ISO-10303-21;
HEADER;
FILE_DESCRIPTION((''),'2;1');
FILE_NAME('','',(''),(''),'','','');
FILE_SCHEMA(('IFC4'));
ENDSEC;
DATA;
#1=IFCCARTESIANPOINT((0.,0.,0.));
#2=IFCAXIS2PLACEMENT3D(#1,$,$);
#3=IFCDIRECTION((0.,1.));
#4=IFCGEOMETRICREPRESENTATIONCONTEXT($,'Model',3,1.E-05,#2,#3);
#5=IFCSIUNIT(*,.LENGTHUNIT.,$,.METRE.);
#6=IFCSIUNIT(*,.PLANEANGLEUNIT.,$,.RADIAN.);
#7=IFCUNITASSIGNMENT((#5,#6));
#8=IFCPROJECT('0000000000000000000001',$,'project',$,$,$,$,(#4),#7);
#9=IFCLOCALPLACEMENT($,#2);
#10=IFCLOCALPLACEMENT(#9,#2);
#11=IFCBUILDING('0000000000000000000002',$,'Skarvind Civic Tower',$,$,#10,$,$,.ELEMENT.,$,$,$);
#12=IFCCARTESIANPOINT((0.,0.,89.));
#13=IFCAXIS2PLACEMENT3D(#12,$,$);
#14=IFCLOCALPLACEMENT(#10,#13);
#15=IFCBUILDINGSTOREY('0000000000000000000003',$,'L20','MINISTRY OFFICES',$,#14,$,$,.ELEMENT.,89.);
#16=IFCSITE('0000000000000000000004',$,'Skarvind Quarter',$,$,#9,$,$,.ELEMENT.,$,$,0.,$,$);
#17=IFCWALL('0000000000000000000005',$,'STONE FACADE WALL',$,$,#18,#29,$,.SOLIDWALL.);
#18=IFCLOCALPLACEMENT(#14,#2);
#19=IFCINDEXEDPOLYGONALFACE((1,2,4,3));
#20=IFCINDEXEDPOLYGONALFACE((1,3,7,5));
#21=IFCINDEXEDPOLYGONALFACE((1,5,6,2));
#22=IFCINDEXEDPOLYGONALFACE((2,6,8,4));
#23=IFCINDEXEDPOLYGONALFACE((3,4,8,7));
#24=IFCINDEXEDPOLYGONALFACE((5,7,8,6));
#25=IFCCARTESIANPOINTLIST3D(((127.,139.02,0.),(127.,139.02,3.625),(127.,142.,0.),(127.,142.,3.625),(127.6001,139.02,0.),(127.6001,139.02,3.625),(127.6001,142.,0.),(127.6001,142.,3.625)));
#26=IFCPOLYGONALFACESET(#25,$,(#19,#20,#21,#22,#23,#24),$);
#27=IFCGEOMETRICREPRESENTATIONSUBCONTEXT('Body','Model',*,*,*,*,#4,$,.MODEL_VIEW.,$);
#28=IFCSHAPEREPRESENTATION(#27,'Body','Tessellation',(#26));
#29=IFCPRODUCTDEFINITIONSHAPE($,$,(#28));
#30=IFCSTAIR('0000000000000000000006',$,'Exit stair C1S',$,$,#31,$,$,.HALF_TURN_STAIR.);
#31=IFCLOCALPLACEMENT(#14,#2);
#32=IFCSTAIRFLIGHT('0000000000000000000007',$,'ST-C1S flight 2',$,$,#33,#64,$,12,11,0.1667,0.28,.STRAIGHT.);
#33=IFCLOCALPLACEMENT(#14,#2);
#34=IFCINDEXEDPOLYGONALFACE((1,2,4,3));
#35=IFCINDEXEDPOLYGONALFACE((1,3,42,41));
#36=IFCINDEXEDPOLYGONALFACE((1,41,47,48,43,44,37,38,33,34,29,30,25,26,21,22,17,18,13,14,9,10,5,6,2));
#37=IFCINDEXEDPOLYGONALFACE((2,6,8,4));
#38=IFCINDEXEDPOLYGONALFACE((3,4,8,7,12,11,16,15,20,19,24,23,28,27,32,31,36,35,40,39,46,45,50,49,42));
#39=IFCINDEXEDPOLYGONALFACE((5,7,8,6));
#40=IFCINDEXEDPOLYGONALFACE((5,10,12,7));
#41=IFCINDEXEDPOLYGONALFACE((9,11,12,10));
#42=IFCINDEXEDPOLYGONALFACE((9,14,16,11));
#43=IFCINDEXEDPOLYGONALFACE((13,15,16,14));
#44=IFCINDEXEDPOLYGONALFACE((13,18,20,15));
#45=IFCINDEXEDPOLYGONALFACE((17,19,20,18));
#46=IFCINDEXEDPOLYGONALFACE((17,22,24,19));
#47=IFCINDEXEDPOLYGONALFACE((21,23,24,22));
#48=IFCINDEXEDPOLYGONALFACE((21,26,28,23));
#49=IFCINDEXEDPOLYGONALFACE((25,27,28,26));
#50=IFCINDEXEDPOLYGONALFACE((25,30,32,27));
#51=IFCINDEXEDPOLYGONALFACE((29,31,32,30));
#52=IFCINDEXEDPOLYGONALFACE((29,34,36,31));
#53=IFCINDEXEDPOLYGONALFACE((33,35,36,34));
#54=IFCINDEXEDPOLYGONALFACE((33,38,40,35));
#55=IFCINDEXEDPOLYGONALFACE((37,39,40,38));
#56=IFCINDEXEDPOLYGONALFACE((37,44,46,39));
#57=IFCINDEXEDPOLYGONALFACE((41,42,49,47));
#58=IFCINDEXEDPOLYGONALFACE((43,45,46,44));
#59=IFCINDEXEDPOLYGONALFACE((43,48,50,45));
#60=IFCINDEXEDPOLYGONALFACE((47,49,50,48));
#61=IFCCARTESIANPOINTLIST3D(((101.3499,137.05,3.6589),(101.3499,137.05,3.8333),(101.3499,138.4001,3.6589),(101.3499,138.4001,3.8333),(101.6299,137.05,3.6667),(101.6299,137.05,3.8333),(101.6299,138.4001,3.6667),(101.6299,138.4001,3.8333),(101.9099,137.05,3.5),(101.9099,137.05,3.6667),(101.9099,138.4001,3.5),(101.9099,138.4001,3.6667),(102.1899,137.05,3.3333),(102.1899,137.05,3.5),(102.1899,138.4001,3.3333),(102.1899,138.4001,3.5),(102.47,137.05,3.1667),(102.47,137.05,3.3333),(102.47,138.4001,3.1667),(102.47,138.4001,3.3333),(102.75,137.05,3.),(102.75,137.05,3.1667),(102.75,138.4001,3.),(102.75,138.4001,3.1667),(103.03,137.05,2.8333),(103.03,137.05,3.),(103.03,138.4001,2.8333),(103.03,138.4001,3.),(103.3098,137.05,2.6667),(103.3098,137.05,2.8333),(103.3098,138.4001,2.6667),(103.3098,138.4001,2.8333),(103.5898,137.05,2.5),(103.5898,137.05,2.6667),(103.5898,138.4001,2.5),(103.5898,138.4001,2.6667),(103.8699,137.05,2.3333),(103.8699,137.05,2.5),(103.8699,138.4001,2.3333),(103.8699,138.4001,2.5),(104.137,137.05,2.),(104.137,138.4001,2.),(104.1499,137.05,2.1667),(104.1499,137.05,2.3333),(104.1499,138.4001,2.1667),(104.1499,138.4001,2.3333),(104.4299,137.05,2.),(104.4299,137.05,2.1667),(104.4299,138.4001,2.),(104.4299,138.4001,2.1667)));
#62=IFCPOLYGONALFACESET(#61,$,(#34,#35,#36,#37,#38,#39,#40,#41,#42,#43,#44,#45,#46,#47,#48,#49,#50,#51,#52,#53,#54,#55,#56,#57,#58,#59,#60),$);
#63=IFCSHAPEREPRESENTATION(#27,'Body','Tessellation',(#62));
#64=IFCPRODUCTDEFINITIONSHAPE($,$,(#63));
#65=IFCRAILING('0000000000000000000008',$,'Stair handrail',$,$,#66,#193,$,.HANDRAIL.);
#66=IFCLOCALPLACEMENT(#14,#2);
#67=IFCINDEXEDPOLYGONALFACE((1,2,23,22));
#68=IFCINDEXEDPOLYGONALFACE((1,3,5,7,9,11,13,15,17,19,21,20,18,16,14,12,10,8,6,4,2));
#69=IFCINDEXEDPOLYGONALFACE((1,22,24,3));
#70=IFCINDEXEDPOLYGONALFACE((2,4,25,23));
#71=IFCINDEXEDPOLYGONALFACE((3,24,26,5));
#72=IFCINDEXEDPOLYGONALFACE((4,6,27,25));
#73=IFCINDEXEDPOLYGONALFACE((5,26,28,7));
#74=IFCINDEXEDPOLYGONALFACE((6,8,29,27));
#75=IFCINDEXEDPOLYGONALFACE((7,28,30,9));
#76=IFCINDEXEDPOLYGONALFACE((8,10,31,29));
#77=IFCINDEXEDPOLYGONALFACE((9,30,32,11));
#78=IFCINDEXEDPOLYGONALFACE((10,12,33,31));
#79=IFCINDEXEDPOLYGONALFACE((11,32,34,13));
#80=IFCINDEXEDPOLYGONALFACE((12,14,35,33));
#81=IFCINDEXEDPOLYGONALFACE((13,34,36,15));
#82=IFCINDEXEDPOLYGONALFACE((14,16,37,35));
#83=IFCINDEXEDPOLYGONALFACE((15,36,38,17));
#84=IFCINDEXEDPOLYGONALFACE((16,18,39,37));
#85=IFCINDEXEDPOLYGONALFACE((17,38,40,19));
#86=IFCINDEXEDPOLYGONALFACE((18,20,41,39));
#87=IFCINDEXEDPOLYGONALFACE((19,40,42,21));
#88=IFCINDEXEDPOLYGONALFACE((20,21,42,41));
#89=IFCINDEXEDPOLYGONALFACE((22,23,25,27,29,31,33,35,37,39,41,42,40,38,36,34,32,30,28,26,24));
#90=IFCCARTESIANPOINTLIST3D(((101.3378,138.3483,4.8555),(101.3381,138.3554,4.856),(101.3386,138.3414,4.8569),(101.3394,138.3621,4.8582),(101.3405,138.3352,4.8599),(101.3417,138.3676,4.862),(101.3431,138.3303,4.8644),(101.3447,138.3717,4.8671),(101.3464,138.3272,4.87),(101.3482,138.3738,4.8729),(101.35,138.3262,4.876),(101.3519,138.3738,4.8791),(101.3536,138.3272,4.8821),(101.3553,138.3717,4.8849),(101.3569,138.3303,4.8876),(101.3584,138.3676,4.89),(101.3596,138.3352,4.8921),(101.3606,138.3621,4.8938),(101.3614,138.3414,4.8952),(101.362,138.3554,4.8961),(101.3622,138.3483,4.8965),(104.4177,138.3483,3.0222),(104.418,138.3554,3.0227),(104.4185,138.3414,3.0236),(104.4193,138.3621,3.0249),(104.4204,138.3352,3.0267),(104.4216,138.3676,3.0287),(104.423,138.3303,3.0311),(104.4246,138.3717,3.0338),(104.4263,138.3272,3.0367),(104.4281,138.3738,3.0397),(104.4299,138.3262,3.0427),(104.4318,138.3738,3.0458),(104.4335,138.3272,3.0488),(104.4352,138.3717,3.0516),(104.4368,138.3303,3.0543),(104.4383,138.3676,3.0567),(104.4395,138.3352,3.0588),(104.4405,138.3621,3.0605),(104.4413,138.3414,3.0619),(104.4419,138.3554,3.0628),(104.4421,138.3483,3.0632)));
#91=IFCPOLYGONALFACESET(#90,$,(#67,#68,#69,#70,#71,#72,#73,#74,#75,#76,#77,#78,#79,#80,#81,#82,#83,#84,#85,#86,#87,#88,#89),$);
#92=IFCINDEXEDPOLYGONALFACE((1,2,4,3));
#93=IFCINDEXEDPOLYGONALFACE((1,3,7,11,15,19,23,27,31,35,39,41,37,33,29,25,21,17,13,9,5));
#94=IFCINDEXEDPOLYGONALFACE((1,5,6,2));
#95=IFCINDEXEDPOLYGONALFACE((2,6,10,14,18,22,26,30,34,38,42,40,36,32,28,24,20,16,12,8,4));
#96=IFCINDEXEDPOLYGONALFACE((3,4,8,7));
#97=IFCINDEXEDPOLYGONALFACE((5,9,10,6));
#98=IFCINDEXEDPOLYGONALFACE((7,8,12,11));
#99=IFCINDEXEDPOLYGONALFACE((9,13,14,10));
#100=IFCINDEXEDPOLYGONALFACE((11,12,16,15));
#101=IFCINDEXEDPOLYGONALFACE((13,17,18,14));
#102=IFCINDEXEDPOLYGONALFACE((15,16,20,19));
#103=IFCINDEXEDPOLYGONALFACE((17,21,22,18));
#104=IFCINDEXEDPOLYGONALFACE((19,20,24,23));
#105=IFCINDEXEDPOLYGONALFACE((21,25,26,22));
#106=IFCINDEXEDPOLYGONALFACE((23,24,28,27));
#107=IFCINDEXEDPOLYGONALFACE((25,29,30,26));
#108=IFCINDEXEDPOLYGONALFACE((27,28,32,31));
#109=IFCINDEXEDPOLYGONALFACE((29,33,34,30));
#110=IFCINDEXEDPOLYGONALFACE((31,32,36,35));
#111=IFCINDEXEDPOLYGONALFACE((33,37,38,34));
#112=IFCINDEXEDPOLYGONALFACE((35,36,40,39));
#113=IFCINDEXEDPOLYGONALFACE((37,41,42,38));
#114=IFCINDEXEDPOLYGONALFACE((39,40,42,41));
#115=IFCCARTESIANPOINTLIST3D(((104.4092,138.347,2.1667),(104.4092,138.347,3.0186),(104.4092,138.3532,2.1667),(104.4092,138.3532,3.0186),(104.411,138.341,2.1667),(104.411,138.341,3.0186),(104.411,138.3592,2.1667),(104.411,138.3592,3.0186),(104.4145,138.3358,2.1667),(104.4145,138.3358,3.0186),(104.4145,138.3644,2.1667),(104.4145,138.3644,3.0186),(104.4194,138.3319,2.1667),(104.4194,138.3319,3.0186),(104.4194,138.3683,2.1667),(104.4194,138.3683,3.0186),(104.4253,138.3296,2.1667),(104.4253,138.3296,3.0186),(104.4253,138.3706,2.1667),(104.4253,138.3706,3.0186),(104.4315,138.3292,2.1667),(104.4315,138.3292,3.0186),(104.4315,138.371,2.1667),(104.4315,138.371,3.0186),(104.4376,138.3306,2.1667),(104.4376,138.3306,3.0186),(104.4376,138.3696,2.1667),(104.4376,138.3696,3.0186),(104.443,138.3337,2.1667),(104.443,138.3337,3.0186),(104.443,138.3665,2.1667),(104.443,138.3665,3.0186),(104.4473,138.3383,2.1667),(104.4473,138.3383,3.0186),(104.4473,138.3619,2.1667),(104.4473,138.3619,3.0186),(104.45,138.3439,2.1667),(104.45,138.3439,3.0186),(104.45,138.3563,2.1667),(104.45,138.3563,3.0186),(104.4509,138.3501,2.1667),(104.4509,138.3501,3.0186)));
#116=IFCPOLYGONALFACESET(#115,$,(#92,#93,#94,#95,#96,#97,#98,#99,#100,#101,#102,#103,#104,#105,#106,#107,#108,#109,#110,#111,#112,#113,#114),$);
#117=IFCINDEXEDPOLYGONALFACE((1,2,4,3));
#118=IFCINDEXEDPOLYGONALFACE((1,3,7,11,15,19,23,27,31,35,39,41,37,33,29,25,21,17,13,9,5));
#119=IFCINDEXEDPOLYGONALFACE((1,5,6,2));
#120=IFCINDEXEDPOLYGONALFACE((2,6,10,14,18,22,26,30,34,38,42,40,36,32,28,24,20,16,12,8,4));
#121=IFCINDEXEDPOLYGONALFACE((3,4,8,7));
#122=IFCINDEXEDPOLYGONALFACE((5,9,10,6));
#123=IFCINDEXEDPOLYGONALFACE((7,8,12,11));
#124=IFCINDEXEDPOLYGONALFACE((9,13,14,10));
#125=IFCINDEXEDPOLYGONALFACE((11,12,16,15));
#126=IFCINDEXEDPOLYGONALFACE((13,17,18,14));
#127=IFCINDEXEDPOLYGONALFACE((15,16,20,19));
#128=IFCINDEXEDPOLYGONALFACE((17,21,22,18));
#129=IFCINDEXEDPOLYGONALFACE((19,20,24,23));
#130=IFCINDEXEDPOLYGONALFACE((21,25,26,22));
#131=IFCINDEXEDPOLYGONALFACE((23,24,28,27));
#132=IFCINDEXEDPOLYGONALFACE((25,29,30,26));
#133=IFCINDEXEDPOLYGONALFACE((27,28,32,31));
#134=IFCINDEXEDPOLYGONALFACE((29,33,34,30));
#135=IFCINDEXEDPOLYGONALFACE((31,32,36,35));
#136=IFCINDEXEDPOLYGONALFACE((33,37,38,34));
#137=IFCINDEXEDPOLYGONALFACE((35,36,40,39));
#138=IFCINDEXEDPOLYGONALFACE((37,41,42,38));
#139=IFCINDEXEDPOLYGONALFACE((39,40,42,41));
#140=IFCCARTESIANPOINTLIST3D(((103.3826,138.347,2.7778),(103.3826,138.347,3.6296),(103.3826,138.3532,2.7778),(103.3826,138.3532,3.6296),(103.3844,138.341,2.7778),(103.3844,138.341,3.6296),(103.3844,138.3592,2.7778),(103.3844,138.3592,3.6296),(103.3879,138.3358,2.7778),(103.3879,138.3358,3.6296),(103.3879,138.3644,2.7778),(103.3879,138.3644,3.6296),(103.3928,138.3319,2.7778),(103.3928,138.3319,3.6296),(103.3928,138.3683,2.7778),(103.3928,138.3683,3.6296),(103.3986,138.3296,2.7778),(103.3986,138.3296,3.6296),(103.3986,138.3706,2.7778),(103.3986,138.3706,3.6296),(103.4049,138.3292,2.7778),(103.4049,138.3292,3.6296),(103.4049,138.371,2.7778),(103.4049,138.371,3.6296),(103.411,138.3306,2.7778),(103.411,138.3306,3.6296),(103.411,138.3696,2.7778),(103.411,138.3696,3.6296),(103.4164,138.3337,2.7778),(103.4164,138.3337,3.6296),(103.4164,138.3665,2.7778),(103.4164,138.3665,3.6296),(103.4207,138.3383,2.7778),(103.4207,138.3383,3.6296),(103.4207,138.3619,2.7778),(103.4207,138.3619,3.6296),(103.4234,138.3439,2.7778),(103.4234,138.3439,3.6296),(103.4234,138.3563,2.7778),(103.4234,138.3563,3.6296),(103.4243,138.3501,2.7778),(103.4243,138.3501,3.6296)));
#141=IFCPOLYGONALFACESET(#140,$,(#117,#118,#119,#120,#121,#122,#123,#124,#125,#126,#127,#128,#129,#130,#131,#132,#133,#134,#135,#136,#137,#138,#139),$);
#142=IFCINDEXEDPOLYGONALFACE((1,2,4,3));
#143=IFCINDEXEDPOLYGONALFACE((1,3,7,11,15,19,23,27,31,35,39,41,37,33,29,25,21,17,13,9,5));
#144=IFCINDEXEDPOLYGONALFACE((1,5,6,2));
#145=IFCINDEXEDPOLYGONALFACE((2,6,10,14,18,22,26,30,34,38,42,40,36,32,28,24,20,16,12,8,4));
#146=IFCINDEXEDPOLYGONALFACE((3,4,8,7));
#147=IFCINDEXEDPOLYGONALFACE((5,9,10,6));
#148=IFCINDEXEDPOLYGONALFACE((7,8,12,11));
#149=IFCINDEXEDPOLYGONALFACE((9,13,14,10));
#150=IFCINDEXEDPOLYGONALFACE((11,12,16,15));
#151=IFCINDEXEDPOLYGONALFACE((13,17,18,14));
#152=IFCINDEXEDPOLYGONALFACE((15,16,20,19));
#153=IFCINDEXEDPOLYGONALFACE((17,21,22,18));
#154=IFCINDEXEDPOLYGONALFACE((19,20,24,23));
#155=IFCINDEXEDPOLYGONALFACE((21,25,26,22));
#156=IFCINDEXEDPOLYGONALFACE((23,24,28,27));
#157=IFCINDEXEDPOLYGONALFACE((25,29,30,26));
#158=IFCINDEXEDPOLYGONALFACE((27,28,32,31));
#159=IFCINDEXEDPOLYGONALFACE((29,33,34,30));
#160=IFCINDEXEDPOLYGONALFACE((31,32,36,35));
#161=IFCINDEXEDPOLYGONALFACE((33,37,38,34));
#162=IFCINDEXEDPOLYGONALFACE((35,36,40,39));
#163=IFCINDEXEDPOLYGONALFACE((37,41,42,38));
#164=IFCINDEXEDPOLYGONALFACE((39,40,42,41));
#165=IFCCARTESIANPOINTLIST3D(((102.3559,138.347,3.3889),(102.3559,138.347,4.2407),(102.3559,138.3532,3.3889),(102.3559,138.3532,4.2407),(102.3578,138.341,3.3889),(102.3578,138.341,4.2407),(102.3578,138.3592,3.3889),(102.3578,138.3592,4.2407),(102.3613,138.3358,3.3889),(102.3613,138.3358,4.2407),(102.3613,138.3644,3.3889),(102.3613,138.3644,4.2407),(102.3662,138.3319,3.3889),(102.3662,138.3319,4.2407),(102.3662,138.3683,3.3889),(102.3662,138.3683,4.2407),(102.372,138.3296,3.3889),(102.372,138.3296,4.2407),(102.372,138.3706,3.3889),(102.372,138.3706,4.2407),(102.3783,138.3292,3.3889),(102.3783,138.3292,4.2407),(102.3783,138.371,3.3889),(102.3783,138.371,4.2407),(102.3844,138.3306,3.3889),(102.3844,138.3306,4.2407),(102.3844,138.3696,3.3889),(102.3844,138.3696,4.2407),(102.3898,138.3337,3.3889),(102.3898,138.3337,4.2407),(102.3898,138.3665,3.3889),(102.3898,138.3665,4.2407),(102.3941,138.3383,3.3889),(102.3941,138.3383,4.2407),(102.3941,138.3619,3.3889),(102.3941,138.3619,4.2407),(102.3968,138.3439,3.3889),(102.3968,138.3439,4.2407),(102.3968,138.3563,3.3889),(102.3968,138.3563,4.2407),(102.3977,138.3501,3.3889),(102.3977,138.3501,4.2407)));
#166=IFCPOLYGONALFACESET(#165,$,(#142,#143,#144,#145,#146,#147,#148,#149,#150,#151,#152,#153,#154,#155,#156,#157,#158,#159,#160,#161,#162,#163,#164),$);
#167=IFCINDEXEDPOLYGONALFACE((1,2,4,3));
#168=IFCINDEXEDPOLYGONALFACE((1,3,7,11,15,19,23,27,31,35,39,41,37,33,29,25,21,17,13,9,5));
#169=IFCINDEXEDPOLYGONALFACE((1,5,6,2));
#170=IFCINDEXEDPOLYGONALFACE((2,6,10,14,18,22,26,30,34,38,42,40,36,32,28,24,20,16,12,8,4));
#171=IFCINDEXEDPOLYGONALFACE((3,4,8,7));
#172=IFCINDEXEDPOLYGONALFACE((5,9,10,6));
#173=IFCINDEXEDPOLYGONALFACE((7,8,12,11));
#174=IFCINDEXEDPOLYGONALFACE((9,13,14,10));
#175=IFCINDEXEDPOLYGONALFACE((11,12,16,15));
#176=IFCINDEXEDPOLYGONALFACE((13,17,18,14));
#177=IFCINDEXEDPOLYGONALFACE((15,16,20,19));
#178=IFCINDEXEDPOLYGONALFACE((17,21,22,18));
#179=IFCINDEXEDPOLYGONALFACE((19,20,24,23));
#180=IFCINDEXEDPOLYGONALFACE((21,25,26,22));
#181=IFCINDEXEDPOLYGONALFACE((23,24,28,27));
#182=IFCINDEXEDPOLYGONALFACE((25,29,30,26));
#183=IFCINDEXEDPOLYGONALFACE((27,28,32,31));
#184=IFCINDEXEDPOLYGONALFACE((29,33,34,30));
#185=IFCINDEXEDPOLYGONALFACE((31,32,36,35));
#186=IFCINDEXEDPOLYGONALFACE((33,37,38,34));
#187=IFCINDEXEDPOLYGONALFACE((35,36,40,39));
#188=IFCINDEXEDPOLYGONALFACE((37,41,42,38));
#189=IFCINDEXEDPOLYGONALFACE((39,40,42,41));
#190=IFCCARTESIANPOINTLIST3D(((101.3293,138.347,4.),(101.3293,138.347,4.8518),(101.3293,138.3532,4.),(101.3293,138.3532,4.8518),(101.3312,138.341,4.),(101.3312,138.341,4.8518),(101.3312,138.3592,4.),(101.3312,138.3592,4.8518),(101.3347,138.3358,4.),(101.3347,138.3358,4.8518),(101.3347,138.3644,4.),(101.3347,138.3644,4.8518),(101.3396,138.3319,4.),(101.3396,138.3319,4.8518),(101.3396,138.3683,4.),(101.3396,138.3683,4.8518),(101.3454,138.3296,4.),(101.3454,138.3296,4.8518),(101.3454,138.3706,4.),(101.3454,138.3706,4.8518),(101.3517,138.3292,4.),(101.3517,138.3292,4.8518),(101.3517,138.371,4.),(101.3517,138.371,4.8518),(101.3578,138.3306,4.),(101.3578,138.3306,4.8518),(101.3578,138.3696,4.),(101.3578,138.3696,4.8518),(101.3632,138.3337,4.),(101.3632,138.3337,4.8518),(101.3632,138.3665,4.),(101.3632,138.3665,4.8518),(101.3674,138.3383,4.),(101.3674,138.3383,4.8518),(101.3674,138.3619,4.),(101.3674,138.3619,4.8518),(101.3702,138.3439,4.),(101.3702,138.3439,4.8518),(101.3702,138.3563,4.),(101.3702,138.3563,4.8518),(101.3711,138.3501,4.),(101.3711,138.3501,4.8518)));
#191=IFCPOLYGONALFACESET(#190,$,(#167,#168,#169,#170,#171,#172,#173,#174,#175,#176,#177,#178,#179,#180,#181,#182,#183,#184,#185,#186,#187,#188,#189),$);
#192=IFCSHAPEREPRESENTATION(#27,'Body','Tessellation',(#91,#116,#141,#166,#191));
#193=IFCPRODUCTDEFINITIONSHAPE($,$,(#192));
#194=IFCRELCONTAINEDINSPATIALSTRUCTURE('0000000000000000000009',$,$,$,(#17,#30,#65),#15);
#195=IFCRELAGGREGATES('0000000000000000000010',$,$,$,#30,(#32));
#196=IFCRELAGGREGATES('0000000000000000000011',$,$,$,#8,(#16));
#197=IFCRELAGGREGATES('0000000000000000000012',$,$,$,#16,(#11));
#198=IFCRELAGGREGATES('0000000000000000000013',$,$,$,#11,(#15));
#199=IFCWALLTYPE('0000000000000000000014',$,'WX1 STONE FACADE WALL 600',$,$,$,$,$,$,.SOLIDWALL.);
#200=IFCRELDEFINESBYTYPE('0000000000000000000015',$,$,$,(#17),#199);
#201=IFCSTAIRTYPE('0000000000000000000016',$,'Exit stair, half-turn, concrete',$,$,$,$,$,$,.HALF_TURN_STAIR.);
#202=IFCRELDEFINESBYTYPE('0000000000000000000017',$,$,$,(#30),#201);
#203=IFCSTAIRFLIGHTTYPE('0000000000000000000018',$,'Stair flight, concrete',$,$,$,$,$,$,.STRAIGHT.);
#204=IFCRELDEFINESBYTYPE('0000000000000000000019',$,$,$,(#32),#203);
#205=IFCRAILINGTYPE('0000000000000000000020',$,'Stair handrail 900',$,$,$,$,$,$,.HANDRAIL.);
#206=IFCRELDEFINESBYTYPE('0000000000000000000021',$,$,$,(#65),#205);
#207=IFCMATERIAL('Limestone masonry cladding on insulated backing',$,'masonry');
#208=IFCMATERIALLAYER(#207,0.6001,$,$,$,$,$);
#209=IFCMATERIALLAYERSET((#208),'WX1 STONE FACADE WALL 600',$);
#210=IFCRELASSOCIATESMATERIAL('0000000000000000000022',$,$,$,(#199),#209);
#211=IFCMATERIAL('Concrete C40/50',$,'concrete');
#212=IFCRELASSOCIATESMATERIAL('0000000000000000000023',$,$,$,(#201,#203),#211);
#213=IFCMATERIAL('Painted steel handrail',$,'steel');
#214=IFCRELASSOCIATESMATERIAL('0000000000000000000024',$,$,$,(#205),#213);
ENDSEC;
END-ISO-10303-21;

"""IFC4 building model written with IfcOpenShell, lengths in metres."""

from ifc_helpers import new_model, si_unit, direction, frame, frame_2d, origin, origin_2d, place, context, subcontext, project, spatial, polyline, rectangle, circle, outline, extrude, material, layer, layer_set, type_object, element, aggregate, save


model = new_model("IFC4")

# Units and contexts
model_context = context("Model", 3, precision=1e-05, world=origin(), true_north=direction((0.0, 1.0)))
body_context = subcontext(model_context, "Body", "Model", "MODEL_VIEW")
ifc_project = project(units=[si_unit("LENGTHUNIT", "METRE"), si_unit("PLANEANGLEUNIT", "RADIAN")], contexts=[model_context])

# Site, building, storey
site_placement = place(None, origin())
site = spatial("IfcSite", under=ifc_project, at=site_placement, Name="Skarvind Quarter", CompositionType="ELEMENT", RefElevation=0.0)
building_placement = place(site_placement, origin())
building = spatial("IfcBuilding", under=site, at=building_placement, Name="Skarvind Civic Tower", CompositionType="ELEMENT")
storey_placement = place(building_placement, frame((0.0, 0.0, 89.0)))
storey = spatial("IfcBuildingStorey", under=building, at=storey_placement, Name="L20", Description="MINISTRY OFFICES", CompositionType="ELEMENT", Elevation=89.0)

# Wall
ifc_material_1 = material(Name="Limestone masonry cladding on insulated backing", Category="masonry")
ifc_layer_1 = layer(ifc_material_1, 0.6001)
ifc_layer_set_1 = layer_set([ifc_layer_1], Name="WX1 STONE FACADE WALL 600")
wall_type_1 = type_object("IfcWallType", Name="WX1 STONE FACADE WALL 600", PredefinedType="SOLIDWALL", material=ifc_layer_set_1)
wall_1_placement = place(storey_placement, frame((127.3, 139.02, 0.0), z_axis=(0.0, 0.0, 1.0), x_axis=(0.0, 1.0, 0.0)))
element("IfcWall", 1, at=wall_1_placement, inside=storey, type_object=wall_type_1, Name="STONE FACADE WALL", PredefinedType="SOLIDWALL", context=body_context, shape_type="SweptSolid", body=[
    extrude(rectangle(XDim=2.98, YDim=0.6001, at=frame_2d((1.49, 0.0))), origin(), (0.0, 0.0, 1.0), 3.625),
])

# Stair, stair flight
ifc_material_2 = material(Name="Concrete C40/50", Category="concrete")
stair_type = type_object("IfcStairType", Name="Exit stair, half-turn, concrete", PredefinedType="HALF_TURN_STAIR", material=ifc_material_2)
stair_placement = place(storey_placement, origin())
stair = element("IfcStair", 2, at=stair_placement, inside=storey, type_object=stair_type, Name="Exit stair C1S", PredefinedType="HALF_TURN_STAIR")
stair_flight_type = type_object("IfcStairFlightType", Name="Stair flight, concrete", PredefinedType="STRAIGHT", material=ifc_material_2)
stair_flight_placement = place(storey_placement, frame((104.4299, 137.7251, 2.0), z_axis=(0.0, 0.0, 1.0), x_axis=(-1.0, 0.0, 0.0)))
stair_flight = element("IfcStairFlight", 3, at=stair_flight_placement, type_object=stair_flight_type, Name="ST-C1S flight 2", NumberOfRisers=12, NumberOfTreads=11, PredefinedType="STRAIGHT", RiserHeight=0.1667, TreadLength=0.28, context=body_context, shape_type="SweptSolid", body=[
    extrude(outline(polyline([(0.0, 0.0), (0.0, 0.1667), (0.28, 0.1667), (0.28, 0.3333), (0.5601, 0.3333), (0.5601, 0.5), (0.8401, 0.5), (0.8401, 0.6667), (1.1201, 0.6667), (1.1201, 0.8333), (1.3999, 0.8333), (1.3999, 1.0), (1.6799, 1.0), (1.6799, 1.1667), (1.96, 1.1667), (1.96, 1.3333), (2.24, 1.3333), (2.24, 1.5), (2.52, 1.5), (2.52, 1.6667), (2.8, 1.6667), (2.8, 1.8333), (3.0801, 1.8333), (3.0801, 2.0), (3.0801, 1.6589), (0.293, 0.0), (0.0, 0.0)])), frame((0.0, 0.675, 0.0), z_axis=(0.0, -1.0, 0.0), x_axis=(1.0, 0.0, 0.0)), (0.0, 0.0, 1.0), 1.3501),
])
aggregate(stair, [stair_flight])

# Railing
ifc_material_3 = material(Name="Painted steel handrail", Category="steel")
railing_type = type_object("IfcRailingType", Name="Stair handrail 900", PredefinedType="HANDRAIL", material=ifc_material_3)
railing_placement = place(storey_placement, frame((104.4299, 138.3501, 2.1667)))
element("IfcRailing", 4, at=railing_placement, inside=storey, type_object=railing_type, Name="Stair handrail", PredefinedType="HANDRAIL", context=body_context, shape_type="SweptSolid", body=[
    extrude(circle(Radius=0.0239, at=origin_2d()), frame((0.0, 0.0, 0.876), z_axis=(-0.859291, 0.0, 0.511487), x_axis=(0.0, -1.0, 0.0)), (0.0, 0.0, 1.0), 3.5842),
    extrude(circle(Radius=0.021, at=origin_2d()), origin(), (0.0, 0.0, 1.0), 0.8518),
    extrude(circle(Radius=0.021, at=origin_2d()), frame((-1.0266, 0.0, 0.6111)), (0.0, 0.0, 1.0), 0.8518),
    extrude(circle(Radius=0.021, at=origin_2d()), frame((-2.0532, 0.0, 1.2222)), (0.0, 0.0, 1.0), 0.8518),
    extrude(circle(Radius=0.021, at=origin_2d()), frame((-3.0798, 0.0, 1.8333)), (0.0, 0.0, 1.0), 0.8518),
])

save(model, "model.ifc")
